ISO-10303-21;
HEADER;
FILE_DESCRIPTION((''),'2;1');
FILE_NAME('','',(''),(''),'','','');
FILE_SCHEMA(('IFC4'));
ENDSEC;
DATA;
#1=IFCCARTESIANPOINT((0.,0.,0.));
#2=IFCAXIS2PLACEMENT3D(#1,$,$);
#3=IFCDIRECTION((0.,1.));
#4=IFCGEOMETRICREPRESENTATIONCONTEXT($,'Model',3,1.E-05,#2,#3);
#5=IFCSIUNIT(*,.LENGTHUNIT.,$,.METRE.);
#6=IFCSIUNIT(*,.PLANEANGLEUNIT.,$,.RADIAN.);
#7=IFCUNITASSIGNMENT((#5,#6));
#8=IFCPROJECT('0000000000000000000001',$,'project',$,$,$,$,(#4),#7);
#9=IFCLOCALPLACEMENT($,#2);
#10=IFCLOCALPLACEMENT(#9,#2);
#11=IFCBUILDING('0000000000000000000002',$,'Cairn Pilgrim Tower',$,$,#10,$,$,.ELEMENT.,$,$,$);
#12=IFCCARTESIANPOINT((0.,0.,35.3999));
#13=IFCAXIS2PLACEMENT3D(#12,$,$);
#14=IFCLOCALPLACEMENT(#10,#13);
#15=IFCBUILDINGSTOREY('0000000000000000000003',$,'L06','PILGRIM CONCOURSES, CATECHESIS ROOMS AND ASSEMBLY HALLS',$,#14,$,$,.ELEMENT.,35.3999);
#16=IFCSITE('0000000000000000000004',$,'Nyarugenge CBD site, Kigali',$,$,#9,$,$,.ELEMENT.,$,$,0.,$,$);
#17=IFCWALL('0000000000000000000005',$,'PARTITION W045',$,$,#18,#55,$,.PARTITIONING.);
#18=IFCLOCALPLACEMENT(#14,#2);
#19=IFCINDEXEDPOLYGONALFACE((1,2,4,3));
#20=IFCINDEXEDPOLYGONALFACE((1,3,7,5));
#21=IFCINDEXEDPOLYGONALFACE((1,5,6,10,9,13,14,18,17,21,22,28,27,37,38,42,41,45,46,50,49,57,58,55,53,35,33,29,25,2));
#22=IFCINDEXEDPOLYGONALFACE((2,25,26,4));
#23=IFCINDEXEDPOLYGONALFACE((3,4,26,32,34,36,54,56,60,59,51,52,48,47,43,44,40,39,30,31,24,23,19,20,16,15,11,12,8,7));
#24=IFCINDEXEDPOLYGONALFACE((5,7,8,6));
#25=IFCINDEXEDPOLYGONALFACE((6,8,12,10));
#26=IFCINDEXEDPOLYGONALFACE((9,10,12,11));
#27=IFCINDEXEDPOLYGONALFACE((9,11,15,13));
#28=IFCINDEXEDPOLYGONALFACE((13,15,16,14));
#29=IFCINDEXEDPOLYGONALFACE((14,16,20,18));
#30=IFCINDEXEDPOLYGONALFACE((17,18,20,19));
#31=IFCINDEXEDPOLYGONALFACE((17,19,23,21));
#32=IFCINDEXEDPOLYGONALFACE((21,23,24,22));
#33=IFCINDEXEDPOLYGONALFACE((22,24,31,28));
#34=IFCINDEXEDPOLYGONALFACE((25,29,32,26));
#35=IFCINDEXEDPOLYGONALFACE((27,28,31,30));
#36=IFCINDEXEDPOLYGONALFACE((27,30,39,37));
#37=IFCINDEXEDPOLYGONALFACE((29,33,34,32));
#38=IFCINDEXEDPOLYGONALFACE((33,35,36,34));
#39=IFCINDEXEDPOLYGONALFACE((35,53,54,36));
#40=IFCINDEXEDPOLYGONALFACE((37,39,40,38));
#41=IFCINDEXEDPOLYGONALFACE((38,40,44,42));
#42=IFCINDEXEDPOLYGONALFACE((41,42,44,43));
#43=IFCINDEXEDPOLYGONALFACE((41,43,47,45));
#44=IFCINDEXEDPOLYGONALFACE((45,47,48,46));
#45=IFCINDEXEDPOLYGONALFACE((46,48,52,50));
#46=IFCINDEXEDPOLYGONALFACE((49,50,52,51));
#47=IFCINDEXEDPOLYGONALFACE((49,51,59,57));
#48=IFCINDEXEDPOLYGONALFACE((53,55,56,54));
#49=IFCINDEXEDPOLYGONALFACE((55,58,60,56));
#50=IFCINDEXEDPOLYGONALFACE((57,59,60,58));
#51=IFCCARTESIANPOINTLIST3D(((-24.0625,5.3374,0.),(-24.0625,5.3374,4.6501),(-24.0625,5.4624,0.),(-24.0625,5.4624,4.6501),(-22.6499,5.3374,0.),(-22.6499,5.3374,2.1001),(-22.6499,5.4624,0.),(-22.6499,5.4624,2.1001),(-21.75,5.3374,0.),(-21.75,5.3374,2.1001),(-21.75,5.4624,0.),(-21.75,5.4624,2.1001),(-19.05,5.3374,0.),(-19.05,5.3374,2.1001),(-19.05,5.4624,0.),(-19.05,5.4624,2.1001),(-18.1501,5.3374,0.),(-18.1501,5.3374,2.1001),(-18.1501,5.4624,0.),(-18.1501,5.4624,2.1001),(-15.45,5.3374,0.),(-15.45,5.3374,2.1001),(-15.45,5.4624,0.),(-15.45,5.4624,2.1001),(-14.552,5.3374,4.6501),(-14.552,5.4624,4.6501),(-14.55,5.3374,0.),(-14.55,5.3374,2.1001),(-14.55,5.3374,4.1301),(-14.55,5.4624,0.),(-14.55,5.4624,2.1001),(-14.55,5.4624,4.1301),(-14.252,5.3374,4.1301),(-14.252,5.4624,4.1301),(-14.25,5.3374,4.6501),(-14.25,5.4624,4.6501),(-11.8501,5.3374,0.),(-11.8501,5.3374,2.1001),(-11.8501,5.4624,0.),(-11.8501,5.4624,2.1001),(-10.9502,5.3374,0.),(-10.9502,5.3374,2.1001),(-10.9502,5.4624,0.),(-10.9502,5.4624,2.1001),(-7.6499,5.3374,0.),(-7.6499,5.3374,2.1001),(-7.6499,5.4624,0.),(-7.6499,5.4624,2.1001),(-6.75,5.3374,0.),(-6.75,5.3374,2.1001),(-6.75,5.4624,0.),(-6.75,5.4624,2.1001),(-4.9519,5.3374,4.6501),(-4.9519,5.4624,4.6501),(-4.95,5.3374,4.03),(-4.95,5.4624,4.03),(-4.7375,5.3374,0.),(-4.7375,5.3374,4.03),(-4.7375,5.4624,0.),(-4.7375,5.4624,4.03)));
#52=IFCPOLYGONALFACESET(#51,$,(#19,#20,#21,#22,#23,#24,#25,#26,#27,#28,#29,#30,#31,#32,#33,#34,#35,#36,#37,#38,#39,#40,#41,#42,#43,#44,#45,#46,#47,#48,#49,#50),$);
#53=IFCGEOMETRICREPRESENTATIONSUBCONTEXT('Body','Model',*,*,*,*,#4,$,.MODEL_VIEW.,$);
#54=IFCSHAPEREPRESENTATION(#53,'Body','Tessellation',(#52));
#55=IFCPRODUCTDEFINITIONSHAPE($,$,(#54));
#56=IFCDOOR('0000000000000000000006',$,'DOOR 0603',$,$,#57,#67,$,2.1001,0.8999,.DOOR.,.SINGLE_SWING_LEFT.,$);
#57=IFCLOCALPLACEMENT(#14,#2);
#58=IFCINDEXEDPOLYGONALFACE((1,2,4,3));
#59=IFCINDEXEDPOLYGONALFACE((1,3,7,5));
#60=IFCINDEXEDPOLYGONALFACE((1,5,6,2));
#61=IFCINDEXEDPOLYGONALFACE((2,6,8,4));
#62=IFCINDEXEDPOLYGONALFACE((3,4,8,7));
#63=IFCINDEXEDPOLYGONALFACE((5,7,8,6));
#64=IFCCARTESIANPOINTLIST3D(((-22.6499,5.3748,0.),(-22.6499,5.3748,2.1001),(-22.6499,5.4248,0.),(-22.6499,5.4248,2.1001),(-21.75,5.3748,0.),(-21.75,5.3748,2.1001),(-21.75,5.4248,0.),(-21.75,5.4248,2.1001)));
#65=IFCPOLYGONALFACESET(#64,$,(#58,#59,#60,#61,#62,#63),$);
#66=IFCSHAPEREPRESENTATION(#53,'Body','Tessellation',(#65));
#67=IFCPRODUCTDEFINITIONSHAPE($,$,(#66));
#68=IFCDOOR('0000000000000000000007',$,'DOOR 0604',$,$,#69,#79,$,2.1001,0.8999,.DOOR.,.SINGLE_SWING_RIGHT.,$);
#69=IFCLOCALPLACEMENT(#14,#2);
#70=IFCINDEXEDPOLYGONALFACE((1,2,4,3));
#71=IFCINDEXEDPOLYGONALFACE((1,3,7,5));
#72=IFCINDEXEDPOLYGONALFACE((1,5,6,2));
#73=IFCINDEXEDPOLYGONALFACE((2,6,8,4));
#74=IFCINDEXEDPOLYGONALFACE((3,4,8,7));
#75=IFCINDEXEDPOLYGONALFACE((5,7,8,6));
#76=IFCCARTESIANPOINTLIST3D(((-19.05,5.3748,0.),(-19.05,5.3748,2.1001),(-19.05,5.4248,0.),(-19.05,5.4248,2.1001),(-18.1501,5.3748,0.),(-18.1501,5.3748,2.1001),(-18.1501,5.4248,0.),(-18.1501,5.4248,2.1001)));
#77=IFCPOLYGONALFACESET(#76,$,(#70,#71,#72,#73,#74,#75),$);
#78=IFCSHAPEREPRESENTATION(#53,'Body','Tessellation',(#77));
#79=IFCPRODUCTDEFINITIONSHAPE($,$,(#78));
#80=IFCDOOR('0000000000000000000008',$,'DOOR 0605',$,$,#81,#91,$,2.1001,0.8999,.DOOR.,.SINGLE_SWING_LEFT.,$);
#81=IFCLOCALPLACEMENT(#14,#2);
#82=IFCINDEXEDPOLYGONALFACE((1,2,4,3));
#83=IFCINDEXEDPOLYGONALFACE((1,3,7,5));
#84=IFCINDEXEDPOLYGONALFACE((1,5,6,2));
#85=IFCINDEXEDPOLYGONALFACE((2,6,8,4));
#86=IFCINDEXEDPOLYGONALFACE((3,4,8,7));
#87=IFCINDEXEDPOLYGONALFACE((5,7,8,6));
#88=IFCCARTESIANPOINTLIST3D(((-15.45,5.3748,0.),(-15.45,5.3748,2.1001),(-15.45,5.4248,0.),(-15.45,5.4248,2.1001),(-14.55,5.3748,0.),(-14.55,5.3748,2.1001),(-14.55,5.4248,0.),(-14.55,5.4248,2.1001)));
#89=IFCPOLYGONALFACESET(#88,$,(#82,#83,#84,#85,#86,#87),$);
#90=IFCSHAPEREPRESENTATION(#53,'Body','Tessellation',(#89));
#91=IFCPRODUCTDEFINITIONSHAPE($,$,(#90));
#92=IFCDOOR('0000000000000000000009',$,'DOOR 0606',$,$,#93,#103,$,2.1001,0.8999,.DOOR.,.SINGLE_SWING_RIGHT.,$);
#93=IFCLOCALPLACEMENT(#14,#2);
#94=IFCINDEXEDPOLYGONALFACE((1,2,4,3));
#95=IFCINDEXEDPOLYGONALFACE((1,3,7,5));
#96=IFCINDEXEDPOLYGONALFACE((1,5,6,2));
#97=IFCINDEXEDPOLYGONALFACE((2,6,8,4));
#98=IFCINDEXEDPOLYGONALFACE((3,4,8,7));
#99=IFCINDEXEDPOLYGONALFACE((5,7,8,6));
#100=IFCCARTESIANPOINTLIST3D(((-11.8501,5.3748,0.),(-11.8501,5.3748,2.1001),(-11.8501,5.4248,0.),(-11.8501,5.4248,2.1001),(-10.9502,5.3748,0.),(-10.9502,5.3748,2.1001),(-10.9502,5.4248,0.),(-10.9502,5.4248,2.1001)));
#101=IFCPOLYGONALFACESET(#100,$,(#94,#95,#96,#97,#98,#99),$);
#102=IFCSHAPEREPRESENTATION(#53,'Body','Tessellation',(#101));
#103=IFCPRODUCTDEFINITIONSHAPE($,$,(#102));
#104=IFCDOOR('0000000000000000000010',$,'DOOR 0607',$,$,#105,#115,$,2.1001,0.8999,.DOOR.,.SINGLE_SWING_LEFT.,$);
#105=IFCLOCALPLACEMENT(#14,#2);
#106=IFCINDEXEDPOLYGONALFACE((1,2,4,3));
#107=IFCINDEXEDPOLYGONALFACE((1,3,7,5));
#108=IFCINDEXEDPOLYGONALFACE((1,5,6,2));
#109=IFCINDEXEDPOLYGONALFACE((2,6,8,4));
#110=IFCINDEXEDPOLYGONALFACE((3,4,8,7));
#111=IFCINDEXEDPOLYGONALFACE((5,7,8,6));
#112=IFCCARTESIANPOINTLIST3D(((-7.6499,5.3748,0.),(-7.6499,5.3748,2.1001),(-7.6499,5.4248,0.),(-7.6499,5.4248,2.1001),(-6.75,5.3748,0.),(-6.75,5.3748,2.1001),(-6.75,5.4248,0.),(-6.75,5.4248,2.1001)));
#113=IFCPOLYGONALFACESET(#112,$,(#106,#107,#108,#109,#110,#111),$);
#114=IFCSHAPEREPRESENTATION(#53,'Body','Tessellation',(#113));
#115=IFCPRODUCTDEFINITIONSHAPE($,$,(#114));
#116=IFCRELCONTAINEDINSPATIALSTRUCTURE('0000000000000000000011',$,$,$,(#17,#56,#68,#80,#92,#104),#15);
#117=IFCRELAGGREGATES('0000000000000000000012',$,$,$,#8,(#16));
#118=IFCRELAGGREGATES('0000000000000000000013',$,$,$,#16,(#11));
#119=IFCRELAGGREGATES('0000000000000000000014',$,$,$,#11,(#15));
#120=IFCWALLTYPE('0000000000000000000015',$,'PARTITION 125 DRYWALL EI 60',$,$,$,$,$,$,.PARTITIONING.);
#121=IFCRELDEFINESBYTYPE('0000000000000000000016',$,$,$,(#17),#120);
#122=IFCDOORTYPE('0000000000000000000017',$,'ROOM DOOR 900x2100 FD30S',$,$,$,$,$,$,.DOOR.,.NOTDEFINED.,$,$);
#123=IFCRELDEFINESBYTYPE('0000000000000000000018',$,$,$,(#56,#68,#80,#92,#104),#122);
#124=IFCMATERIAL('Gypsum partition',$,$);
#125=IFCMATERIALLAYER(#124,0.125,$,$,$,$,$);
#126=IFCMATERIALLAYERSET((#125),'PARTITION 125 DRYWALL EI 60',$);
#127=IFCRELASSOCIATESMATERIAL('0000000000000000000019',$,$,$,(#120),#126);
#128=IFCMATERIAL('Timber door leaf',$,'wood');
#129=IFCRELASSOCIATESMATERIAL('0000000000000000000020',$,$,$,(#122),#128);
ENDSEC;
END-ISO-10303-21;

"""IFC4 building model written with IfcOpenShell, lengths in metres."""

from ifc_helpers import new_model, si_unit, direction, frame, frame_2d, origin, place, context, subcontext, project, spatial, polyline, rectangle, outline, extrude, material, layer, layer_set, type_object, element, fill, save


model = new_model("IFC4")

# Units and contexts
model_context = context("Model", 3, precision=1e-05, world=origin(), true_north=direction((0.0, 1.0)))
body_context = subcontext(model_context, "Body", "Model", "MODEL_VIEW")
ifc_project = project(units=[si_unit("LENGTHUNIT", "METRE"), si_unit("PLANEANGLEUNIT", "RADIAN")], contexts=[model_context])

# Site, building, storey
site_placement = place(None, origin())
site = spatial("IfcSite", under=ifc_project, at=site_placement, Name="Nyarugenge CBD site, Kigali", CompositionType="ELEMENT", RefElevation=0.0)
building_placement = place(site_placement, origin())
building = spatial("IfcBuilding", under=site, at=building_placement, Name="Cairn Pilgrim Tower", CompositionType="ELEMENT")
storey_placement = place(building_placement, frame((0.0, 0.0, 35.3999)))
storey = spatial("IfcBuildingStorey", under=building, at=storey_placement, Name="L06", Description="PILGRIM CONCOURSES, CATECHESIS ROOMS AND ASSEMBLY HALLS", CompositionType="ELEMENT", Elevation=35.3999)

# Wall, openings, doors
ifc_material_1 = material(Name="Gypsum partition")
ifc_layer_1 = layer(ifc_material_1, 0.125)
ifc_layer_set_1 = layer_set([ifc_layer_1], Name="PARTITION 125 DRYWALL EI 60")
wall_type_1 = type_object("IfcWallType", Name="PARTITION 125 DRYWALL EI 60", PredefinedType="PARTITIONING", material=ifc_layer_set_1)
wall_1_placement = place(storey_placement, frame((-24.0625, 5.3999, 0.0), z_axis=(0.0, 0.0, 1.0), x_axis=(1.0, 0.0, 0.0)))
wall_1 = element("IfcWall", 1, at=wall_1_placement, inside=storey, type_object=wall_type_1, Name="PARTITION W045", PredefinedType="PARTITIONING", context=body_context, shape_type="SweptSolid", body=[
    extrude(outline(polyline([(0.0, 0.0), (19.325, 0.0), (19.325, 4.03), (19.1125, 4.03), (19.1106, 4.6501), (9.8125, 4.6501), (9.8105, 4.1301), (9.5125, 4.1301), (9.5105, 4.6501), (0.0, 4.6501), (0.0, 0.0)])), frame((0.0, 0.0625, 0.0), z_axis=(0.0, -1.0, 0.0), x_axis=(1.0, 0.0, 0.0)), (0.0, 0.0, 1.0), 0.125),
])
opening_1_placement = place(wall_1_placement, frame((1.4126, 0.0, 0.0)))
opening_1 = element("IfcOpeningElement", 2, at=opening_1_placement, cuts=wall_1, PredefinedType="OPENING", context=body_context, shape_type="SweptSolid", body=[
    extrude(rectangle(XDim=0.8999, YDim=2.1001, at=frame_2d((0.45, 1.05))), frame((0.0, 0.0725, 0.0), z_axis=(0.0, -1.0, 0.0), x_axis=(1.0, 0.0, 0.0)), (0.0, 0.0, 1.0), 0.145),
])
opening_2_placement = place(wall_1_placement, frame((5.0125, 0.0, 0.0)))
opening_2 = element("IfcOpeningElement", 3, at=opening_2_placement, cuts=wall_1, PredefinedType="OPENING", context=body_context, shape_type="SweptSolid", body=[
    extrude(rectangle(XDim=0.8999, YDim=2.1001, at=frame_2d((0.45, 1.05))), frame((0.0, 0.0725, 0.0), z_axis=(0.0, -1.0, 0.0), x_axis=(1.0, 0.0, 0.0)), (0.0, 0.0, 1.0), 0.145),
])
opening_3_placement = place(wall_1_placement, frame((8.6125, 0.0, 0.0)))
opening_3 = element("IfcOpeningElement", 4, at=opening_3_placement, cuts=wall_1, PredefinedType="OPENING", context=body_context, shape_type="SweptSolid", body=[
    extrude(rectangle(XDim=0.8999, YDim=2.1001, at=frame_2d((0.45, 1.05))), frame((0.0, 0.0725, 0.0), z_axis=(0.0, -1.0, 0.0), x_axis=(1.0, 0.0, 0.0)), (0.0, 0.0, 1.0), 0.145),
])
opening_4_placement = place(wall_1_placement, frame((12.2124, 0.0, 0.0)))
opening_4 = element("IfcOpeningElement", 5, at=opening_4_placement, cuts=wall_1, PredefinedType="OPENING", context=body_context, shape_type="SweptSolid", body=[
    extrude(rectangle(XDim=0.8999, YDim=2.1001, at=frame_2d((0.45, 1.05))), frame((0.0, 0.0725, 0.0), z_axis=(0.0, -1.0, 0.0), x_axis=(1.0, 0.0, 0.0)), (0.0, 0.0, 1.0), 0.145),
])
opening_5_placement = place(wall_1_placement, frame((16.4126, 0.0, 0.0)))
opening_5 = element("IfcOpeningElement", 6, at=opening_5_placement, cuts=wall_1, PredefinedType="OPENING", context=body_context, shape_type="SweptSolid", body=[
    extrude(rectangle(XDim=0.8999, YDim=2.1001, at=frame_2d((0.45, 1.05))), frame((0.0, 0.0725, 0.0), z_axis=(0.0, -1.0, 0.0), x_axis=(1.0, 0.0, 0.0)), (0.0, 0.0, 1.0), 0.145),
])
ifc_material_2 = material(Name="Timber door leaf", Category="wood")
door_type = type_object("IfcDoorType", Name="ROOM DOOR 900x2100 FD30S", OperationType="NOTDEFINED", PredefinedType="DOOR", material=ifc_material_2)
door_1_placement = place(opening_1_placement, origin())
door_1 = element("IfcDoor", 7, at=door_1_placement, inside=storey, type_object=door_type, Name="DOOR 0603", OperationType="SINGLE_SWING_LEFT", OverallHeight=2.1001, OverallWidth=0.8999, PredefinedType="DOOR", context=body_context, shape_type="SweptSolid", body=[
    extrude(rectangle(XDim=0.8999, YDim=2.1001, at=frame_2d((0.45, 1.05))), frame((0.0, 0.0249, 0.0), z_axis=(0.0, -1.0, 0.0), x_axis=(1.0, 0.0, 0.0)), (0.0, 0.0, 1.0), 0.05),
])
fill(opening_1, door_1)
door_2_placement = place(opening_2_placement, origin())
door_2 = element("IfcDoor", 8, at=door_2_placement, inside=storey, type_object=door_type, Name="DOOR 0604", OperationType="SINGLE_SWING_RIGHT", OverallHeight=2.1001, OverallWidth=0.8999, PredefinedType="DOOR", context=body_context, shape_type="SweptSolid", body=[
    extrude(rectangle(XDim=0.8999, YDim=2.1001, at=frame_2d((0.45, 1.05))), frame((0.0, 0.0249, 0.0), z_axis=(0.0, -1.0, 0.0), x_axis=(1.0, 0.0, 0.0)), (0.0, 0.0, 1.0), 0.05),
])
fill(opening_2, door_2)
door_3_placement = place(opening_3_placement, origin())
door_3 = element("IfcDoor", 9, at=door_3_placement, inside=storey, type_object=door_type, Name="DOOR 0605", OperationType="SINGLE_SWING_LEFT", OverallHeight=2.1001, OverallWidth=0.8999, PredefinedType="DOOR", context=body_context, shape_type="SweptSolid", body=[
    extrude(rectangle(XDim=0.8999, YDim=2.1001, at=frame_2d((0.45, 1.05))), frame((0.0, 0.0249, 0.0), z_axis=(0.0, -1.0, 0.0), x_axis=(1.0, 0.0, 0.0)), (0.0, 0.0, 1.0), 0.05),
])
fill(opening_3, door_3)
door_4_placement = place(opening_4_placement, origin())
door_4 = element("IfcDoor", 10, at=door_4_placement, inside=storey, type_object=door_type, Name="DOOR 0606", OperationType="SINGLE_SWING_RIGHT", OverallHeight=2.1001, OverallWidth=0.8999, PredefinedType="DOOR", context=body_context, shape_type="SweptSolid", body=[
    extrude(rectangle(XDim=0.8999, YDim=2.1001, at=frame_2d((0.45, 1.05))), frame((0.0, 0.0249, 0.0), z_axis=(0.0, -1.0, 0.0), x_axis=(1.0, 0.0, 0.0)), (0.0, 0.0, 1.0), 0.05),
])
fill(opening_4, door_4)
door_5_placement = place(opening_5_placement, origin())
door_5 = element("IfcDoor", 11, at=door_5_placement, inside=storey, type_object=door_type, Name="DOOR 0607", OperationType="SINGLE_SWING_LEFT", OverallHeight=2.1001, OverallWidth=0.8999, PredefinedType="DOOR", context=body_context, shape_type="SweptSolid", body=[
    extrude(rectangle(XDim=0.8999, YDim=2.1001, at=frame_2d((0.45, 1.05))), frame((0.0, 0.0249, 0.0), z_axis=(0.0, -1.0, 0.0), x_axis=(1.0, 0.0, 0.0)), (0.0, 0.0, 1.0), 0.05),
])
fill(opening_5, door_5)

save(model, "model.ifc")
